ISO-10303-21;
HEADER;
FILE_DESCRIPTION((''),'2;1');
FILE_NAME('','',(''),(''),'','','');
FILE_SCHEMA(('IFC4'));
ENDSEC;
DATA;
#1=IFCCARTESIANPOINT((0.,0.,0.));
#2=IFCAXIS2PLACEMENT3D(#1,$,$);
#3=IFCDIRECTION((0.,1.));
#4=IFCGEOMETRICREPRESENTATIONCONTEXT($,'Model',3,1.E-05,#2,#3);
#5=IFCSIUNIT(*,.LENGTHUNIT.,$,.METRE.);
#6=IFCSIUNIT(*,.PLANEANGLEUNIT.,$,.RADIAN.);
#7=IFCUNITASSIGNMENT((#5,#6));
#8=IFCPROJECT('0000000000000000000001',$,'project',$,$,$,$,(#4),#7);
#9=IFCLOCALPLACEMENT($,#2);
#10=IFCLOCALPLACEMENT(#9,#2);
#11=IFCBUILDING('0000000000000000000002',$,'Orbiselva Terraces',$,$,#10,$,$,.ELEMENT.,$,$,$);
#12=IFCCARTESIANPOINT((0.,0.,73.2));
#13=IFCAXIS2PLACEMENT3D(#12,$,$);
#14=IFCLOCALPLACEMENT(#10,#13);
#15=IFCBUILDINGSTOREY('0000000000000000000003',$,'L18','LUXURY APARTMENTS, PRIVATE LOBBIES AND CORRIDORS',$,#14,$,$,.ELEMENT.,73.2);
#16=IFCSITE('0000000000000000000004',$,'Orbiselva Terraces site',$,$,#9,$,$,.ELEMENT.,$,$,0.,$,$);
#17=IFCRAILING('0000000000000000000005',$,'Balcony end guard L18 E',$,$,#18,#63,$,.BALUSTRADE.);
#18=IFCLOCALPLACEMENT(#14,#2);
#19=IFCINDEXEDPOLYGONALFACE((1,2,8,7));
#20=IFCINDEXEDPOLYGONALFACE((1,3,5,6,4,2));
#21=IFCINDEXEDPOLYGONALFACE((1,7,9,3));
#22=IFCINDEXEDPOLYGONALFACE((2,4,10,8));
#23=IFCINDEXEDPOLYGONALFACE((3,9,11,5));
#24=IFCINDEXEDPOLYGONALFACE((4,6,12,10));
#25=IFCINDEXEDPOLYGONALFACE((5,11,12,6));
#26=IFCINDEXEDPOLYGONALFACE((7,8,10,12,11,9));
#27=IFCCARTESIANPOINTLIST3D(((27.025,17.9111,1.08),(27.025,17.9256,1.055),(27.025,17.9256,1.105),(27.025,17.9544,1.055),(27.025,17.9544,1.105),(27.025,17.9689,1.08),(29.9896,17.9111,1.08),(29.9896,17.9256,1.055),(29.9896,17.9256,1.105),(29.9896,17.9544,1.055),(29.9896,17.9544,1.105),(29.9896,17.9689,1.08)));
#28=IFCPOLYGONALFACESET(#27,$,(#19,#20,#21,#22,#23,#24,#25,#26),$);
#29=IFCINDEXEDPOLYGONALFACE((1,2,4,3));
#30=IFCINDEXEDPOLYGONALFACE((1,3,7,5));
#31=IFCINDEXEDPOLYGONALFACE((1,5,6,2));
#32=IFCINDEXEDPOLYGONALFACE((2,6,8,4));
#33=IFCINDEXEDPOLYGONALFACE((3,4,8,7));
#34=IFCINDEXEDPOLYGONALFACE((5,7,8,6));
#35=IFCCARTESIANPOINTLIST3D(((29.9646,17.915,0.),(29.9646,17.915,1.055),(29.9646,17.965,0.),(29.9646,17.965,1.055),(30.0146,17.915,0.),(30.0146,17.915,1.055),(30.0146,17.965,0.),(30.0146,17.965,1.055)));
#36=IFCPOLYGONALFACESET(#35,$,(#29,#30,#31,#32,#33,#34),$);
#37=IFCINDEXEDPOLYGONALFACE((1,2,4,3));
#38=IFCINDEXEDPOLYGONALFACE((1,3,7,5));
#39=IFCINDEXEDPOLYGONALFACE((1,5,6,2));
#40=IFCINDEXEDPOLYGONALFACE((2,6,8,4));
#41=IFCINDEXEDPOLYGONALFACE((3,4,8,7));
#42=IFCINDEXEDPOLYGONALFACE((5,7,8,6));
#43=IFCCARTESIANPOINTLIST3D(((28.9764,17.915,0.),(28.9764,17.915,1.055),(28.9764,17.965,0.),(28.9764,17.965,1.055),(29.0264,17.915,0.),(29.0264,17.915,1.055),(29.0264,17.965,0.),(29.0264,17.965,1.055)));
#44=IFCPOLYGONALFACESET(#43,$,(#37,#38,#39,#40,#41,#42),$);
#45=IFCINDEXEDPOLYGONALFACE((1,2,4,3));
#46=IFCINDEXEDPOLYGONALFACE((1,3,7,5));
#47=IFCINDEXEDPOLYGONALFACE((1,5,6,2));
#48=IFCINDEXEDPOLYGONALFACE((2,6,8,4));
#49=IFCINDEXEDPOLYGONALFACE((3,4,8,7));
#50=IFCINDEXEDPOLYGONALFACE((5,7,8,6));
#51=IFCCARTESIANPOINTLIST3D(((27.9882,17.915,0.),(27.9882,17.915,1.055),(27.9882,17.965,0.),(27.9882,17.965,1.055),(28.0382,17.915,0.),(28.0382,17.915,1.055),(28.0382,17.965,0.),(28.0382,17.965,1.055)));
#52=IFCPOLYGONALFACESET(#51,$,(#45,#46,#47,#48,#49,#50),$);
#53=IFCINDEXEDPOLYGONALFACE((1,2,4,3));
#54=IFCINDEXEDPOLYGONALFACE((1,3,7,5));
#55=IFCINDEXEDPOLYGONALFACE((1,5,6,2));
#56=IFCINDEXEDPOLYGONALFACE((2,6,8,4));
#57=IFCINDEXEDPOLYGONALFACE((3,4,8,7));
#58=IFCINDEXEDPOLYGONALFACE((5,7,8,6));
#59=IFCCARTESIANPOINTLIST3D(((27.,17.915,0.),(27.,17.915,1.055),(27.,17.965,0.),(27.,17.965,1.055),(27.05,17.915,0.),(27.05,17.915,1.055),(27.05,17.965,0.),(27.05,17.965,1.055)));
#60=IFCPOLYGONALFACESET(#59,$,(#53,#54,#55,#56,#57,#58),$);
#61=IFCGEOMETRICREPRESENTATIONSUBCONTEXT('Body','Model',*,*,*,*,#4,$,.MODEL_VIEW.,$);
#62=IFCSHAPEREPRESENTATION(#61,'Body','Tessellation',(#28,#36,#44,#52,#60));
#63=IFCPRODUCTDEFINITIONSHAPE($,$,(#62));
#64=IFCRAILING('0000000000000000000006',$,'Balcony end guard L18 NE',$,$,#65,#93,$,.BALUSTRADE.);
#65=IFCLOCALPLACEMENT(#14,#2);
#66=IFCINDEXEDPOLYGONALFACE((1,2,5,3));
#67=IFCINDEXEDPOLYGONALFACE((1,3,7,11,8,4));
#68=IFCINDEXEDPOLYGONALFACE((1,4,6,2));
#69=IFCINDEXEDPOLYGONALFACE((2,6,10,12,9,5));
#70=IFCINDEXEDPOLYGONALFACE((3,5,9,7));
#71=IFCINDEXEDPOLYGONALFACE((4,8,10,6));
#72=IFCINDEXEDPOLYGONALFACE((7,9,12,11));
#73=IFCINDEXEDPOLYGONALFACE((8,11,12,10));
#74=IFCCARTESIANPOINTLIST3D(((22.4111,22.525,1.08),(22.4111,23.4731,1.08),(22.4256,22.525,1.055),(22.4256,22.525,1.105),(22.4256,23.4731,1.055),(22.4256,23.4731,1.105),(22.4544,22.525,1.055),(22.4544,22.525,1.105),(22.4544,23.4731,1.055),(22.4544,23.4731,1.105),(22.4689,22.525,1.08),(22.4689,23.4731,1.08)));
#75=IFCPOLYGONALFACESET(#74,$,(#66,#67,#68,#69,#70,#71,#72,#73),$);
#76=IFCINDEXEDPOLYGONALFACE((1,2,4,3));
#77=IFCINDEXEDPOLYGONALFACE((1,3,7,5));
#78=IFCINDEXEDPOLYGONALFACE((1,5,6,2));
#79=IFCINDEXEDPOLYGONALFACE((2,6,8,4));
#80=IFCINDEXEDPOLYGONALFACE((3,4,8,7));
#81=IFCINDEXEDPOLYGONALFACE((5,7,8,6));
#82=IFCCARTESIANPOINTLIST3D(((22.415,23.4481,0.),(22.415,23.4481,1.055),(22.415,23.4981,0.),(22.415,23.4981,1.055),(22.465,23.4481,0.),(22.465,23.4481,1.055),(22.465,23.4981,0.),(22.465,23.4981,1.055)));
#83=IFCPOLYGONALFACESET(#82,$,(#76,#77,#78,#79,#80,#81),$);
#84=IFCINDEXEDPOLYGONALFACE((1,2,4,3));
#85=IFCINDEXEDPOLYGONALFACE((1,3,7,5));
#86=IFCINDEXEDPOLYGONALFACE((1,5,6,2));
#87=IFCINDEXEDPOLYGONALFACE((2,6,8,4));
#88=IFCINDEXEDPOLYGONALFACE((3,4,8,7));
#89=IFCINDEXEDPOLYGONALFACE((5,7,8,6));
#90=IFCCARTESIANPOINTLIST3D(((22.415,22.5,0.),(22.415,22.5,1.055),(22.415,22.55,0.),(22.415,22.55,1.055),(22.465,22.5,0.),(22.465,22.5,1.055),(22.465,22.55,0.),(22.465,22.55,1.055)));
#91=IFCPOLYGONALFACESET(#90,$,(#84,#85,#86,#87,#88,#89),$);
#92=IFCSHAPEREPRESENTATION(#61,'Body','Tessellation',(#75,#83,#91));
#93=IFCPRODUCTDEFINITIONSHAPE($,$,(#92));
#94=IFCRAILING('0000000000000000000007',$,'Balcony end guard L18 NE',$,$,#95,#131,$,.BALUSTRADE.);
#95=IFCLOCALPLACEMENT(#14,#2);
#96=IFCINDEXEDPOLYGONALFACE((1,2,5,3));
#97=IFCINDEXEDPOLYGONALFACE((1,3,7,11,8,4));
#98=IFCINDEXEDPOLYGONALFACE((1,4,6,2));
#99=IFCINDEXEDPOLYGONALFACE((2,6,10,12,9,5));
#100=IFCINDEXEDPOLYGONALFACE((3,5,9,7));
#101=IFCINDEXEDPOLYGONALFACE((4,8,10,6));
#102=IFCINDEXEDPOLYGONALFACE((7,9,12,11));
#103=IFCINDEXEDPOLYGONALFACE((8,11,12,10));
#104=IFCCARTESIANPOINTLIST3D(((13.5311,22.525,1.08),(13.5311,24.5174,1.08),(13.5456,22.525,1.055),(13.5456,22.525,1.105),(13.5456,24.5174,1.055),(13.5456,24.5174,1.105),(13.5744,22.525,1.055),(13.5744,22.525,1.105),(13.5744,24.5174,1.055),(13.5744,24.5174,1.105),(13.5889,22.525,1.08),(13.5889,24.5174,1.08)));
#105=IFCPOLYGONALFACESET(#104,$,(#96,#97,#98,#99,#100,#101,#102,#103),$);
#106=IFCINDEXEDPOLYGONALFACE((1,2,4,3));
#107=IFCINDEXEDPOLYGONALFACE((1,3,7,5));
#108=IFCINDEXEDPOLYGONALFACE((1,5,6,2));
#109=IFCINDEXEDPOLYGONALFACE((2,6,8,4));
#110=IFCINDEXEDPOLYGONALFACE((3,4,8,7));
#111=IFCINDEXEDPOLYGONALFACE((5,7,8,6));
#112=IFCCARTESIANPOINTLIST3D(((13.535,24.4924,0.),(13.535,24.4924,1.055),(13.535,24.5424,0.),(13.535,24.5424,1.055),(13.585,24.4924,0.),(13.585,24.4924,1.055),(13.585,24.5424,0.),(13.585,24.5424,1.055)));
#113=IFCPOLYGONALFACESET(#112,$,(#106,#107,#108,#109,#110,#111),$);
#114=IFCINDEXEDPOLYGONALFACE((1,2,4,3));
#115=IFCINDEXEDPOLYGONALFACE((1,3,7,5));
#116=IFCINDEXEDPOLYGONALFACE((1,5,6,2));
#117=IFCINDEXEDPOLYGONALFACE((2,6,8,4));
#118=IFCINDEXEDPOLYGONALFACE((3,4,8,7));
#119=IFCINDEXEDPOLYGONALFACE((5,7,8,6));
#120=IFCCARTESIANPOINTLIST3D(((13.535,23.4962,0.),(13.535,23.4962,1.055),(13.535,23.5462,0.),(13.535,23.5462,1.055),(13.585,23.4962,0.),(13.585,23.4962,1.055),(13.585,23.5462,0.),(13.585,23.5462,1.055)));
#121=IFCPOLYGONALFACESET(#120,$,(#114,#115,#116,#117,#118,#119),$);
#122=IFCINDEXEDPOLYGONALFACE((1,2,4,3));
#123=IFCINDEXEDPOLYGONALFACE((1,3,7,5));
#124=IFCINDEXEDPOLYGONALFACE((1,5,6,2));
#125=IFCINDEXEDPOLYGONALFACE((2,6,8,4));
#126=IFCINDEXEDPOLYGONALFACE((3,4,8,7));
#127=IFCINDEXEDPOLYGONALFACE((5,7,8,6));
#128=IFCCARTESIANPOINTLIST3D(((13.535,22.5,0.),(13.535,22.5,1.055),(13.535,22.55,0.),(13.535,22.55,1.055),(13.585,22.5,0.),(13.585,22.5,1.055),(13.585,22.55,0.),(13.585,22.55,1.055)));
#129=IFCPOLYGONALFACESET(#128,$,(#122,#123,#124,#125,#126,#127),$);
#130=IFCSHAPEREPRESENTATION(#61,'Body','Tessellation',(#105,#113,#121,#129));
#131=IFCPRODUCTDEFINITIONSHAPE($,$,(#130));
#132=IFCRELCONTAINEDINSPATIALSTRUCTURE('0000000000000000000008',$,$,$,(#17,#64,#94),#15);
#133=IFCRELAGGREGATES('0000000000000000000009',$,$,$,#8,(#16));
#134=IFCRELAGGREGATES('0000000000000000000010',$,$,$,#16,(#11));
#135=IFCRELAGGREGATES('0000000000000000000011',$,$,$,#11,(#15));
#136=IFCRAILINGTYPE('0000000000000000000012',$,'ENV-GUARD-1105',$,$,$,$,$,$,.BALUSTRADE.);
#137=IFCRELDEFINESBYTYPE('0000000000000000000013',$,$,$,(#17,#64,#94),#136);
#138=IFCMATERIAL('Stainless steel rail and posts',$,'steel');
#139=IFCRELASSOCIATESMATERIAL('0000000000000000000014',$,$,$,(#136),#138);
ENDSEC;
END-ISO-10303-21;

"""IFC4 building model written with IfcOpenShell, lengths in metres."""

from ifc_helpers import new_model, si_unit, direction, frame, origin, origin_2d, place, context, subcontext, project, spatial, polyline, rectangle, outline, extrude, material, type_object, element, save


model = new_model("IFC4")

# Units and contexts
model_context = context("Model", 3, precision=1e-05, world=origin(), true_north=direction((0.0, 1.0)))
body_context = subcontext(model_context, "Body", "Model", "MODEL_VIEW")
ifc_project = project(units=[si_unit("LENGTHUNIT", "METRE"), si_unit("PLANEANGLEUNIT", "RADIAN")], contexts=[model_context])

# Site, building, storey
site_placement = place(None, origin())
site = spatial("IfcSite", under=ifc_project, at=site_placement, Name="Orbiselva Terraces site", CompositionType="ELEMENT", RefElevation=0.0)
building_placement = place(site_placement, origin())
building = spatial("IfcBuilding", under=site, at=building_placement, Name="Orbiselva Terraces", CompositionType="ELEMENT")
storey_placement = place(building_placement, frame((0.0, 0.0, 73.2)))
storey = spatial("IfcBuildingStorey", under=building, at=storey_placement, Name="L18", Description="LUXURY APARTMENTS, PRIVATE LOBBIES AND CORRIDORS", CompositionType="ELEMENT", Elevation=73.2)

# Railings
ifc_material_1 = material(Name="Stainless steel rail and posts", Category="steel")
railing_type_1 = type_object("IfcRailingType", Name="ENV-GUARD-1105", PredefinedType="BALUSTRADE", material=ifc_material_1)
railing_1_placement = place(storey_placement, frame((29.9896, 17.94, 0.0)))
element("IfcRailing", 1, at=railing_1_placement, inside=storey, type_object=railing_type_1, Name="Balcony end guard L18 E", PredefinedType="BALUSTRADE", context=body_context, shape_type="SweptSolid", body=[
    extrude(outline(polyline([(0.0289, 0.0), (0.0144, 0.025), (-0.0144, 0.025), (-0.0289, 0.0), (-0.0144, -0.025), (0.0144, -0.025), (0.0289, 0.0)])), frame((0.0, 0.0, 1.08), z_axis=(-1.0, 0.0, 0.0), x_axis=(0.0, -1.0, 0.0)), (0.0, 0.0, 1.0), 2.9646),
    extrude(rectangle(XDim=0.05, YDim=0.05, at=origin_2d()), origin(), (0.0, 0.0, 1.0), 1.055),
    extrude(rectangle(XDim=0.05, YDim=0.05, at=origin_2d()), frame((-0.9882, 0.0, 0.0)), (0.0, 0.0, 1.0), 1.055),
    extrude(rectangle(XDim=0.05, YDim=0.05, at=origin_2d()), frame((-1.9764, 0.0, 0.0)), (0.0, 0.0, 1.0), 1.055),
    extrude(rectangle(XDim=0.05, YDim=0.05, at=origin_2d()), frame((-2.9646, 0.0, 0.0)), (0.0, 0.0, 1.0), 1.055),
])
railing_2_placement = place(storey_placement, frame((22.44, 23.4731, 0.0)))
element("IfcRailing", 2, at=railing_2_placement, inside=storey, type_object=railing_type_1, Name="Balcony end guard L18 NE", PredefinedType="BALUSTRADE", context=body_context, shape_type="SweptSolid", body=[
    extrude(outline(polyline([(0.0289, 0.0), (0.0144, 0.025), (-0.0144, 0.025), (-0.0289, 0.0), (-0.0144, -0.025), (0.0144, -0.025), (0.0289, 0.0)])), frame((0.0, 0.0, 1.08), z_axis=(0.0, -1.0, 0.0), x_axis=(1.0, 0.0, 0.0)), (0.0, 0.0, 1.0), 0.9481),
    extrude(rectangle(XDim=0.05, YDim=0.05, at=origin_2d()), origin(), (0.0, 0.0, 1.0), 1.055),
    extrude(rectangle(XDim=0.05, YDim=0.05, at=origin_2d()), frame((0.0, -0.9481, 0.0)), (0.0, 0.0, 1.0), 1.055),
])
railing_3_placement = place(storey_placement, frame((13.56, 24.5174, 0.0)))
element("IfcRailing", 3, at=railing_3_placement, inside=storey, type_object=railing_type_1, Name="Balcony end guard L18 NE", PredefinedType="BALUSTRADE", context=body_context, shape_type="SweptSolid", body=[
    extrude(outline(polyline([(0.0289, 0.0), (0.0144, 0.025), (-0.0144, 0.025), (-0.0289, 0.0), (-0.0144, -0.025), (0.0144, -0.025), (0.0289, 0.0)])), frame((0.0, 0.0, 1.08), z_axis=(0.0, -1.0, 0.0), x_axis=(1.0, 0.0, 0.0)), (0.0, 0.0, 1.0), 1.9924),
    extrude(rectangle(XDim=0.05, YDim=0.05, at=origin_2d()), origin(), (0.0, 0.0, 1.0), 1.055),
    extrude(rectangle(XDim=0.05, YDim=0.05, at=origin_2d()), frame((0.0, -0.9962, 0.0)), (0.0, 0.0, 1.0), 1.055),
    extrude(rectangle(XDim=0.05, YDim=0.05, at=origin_2d()), frame((0.0, -1.9924, 0.0)), (0.0, 0.0, 1.0), 1.055),
])

save(model, "model.ifc")
